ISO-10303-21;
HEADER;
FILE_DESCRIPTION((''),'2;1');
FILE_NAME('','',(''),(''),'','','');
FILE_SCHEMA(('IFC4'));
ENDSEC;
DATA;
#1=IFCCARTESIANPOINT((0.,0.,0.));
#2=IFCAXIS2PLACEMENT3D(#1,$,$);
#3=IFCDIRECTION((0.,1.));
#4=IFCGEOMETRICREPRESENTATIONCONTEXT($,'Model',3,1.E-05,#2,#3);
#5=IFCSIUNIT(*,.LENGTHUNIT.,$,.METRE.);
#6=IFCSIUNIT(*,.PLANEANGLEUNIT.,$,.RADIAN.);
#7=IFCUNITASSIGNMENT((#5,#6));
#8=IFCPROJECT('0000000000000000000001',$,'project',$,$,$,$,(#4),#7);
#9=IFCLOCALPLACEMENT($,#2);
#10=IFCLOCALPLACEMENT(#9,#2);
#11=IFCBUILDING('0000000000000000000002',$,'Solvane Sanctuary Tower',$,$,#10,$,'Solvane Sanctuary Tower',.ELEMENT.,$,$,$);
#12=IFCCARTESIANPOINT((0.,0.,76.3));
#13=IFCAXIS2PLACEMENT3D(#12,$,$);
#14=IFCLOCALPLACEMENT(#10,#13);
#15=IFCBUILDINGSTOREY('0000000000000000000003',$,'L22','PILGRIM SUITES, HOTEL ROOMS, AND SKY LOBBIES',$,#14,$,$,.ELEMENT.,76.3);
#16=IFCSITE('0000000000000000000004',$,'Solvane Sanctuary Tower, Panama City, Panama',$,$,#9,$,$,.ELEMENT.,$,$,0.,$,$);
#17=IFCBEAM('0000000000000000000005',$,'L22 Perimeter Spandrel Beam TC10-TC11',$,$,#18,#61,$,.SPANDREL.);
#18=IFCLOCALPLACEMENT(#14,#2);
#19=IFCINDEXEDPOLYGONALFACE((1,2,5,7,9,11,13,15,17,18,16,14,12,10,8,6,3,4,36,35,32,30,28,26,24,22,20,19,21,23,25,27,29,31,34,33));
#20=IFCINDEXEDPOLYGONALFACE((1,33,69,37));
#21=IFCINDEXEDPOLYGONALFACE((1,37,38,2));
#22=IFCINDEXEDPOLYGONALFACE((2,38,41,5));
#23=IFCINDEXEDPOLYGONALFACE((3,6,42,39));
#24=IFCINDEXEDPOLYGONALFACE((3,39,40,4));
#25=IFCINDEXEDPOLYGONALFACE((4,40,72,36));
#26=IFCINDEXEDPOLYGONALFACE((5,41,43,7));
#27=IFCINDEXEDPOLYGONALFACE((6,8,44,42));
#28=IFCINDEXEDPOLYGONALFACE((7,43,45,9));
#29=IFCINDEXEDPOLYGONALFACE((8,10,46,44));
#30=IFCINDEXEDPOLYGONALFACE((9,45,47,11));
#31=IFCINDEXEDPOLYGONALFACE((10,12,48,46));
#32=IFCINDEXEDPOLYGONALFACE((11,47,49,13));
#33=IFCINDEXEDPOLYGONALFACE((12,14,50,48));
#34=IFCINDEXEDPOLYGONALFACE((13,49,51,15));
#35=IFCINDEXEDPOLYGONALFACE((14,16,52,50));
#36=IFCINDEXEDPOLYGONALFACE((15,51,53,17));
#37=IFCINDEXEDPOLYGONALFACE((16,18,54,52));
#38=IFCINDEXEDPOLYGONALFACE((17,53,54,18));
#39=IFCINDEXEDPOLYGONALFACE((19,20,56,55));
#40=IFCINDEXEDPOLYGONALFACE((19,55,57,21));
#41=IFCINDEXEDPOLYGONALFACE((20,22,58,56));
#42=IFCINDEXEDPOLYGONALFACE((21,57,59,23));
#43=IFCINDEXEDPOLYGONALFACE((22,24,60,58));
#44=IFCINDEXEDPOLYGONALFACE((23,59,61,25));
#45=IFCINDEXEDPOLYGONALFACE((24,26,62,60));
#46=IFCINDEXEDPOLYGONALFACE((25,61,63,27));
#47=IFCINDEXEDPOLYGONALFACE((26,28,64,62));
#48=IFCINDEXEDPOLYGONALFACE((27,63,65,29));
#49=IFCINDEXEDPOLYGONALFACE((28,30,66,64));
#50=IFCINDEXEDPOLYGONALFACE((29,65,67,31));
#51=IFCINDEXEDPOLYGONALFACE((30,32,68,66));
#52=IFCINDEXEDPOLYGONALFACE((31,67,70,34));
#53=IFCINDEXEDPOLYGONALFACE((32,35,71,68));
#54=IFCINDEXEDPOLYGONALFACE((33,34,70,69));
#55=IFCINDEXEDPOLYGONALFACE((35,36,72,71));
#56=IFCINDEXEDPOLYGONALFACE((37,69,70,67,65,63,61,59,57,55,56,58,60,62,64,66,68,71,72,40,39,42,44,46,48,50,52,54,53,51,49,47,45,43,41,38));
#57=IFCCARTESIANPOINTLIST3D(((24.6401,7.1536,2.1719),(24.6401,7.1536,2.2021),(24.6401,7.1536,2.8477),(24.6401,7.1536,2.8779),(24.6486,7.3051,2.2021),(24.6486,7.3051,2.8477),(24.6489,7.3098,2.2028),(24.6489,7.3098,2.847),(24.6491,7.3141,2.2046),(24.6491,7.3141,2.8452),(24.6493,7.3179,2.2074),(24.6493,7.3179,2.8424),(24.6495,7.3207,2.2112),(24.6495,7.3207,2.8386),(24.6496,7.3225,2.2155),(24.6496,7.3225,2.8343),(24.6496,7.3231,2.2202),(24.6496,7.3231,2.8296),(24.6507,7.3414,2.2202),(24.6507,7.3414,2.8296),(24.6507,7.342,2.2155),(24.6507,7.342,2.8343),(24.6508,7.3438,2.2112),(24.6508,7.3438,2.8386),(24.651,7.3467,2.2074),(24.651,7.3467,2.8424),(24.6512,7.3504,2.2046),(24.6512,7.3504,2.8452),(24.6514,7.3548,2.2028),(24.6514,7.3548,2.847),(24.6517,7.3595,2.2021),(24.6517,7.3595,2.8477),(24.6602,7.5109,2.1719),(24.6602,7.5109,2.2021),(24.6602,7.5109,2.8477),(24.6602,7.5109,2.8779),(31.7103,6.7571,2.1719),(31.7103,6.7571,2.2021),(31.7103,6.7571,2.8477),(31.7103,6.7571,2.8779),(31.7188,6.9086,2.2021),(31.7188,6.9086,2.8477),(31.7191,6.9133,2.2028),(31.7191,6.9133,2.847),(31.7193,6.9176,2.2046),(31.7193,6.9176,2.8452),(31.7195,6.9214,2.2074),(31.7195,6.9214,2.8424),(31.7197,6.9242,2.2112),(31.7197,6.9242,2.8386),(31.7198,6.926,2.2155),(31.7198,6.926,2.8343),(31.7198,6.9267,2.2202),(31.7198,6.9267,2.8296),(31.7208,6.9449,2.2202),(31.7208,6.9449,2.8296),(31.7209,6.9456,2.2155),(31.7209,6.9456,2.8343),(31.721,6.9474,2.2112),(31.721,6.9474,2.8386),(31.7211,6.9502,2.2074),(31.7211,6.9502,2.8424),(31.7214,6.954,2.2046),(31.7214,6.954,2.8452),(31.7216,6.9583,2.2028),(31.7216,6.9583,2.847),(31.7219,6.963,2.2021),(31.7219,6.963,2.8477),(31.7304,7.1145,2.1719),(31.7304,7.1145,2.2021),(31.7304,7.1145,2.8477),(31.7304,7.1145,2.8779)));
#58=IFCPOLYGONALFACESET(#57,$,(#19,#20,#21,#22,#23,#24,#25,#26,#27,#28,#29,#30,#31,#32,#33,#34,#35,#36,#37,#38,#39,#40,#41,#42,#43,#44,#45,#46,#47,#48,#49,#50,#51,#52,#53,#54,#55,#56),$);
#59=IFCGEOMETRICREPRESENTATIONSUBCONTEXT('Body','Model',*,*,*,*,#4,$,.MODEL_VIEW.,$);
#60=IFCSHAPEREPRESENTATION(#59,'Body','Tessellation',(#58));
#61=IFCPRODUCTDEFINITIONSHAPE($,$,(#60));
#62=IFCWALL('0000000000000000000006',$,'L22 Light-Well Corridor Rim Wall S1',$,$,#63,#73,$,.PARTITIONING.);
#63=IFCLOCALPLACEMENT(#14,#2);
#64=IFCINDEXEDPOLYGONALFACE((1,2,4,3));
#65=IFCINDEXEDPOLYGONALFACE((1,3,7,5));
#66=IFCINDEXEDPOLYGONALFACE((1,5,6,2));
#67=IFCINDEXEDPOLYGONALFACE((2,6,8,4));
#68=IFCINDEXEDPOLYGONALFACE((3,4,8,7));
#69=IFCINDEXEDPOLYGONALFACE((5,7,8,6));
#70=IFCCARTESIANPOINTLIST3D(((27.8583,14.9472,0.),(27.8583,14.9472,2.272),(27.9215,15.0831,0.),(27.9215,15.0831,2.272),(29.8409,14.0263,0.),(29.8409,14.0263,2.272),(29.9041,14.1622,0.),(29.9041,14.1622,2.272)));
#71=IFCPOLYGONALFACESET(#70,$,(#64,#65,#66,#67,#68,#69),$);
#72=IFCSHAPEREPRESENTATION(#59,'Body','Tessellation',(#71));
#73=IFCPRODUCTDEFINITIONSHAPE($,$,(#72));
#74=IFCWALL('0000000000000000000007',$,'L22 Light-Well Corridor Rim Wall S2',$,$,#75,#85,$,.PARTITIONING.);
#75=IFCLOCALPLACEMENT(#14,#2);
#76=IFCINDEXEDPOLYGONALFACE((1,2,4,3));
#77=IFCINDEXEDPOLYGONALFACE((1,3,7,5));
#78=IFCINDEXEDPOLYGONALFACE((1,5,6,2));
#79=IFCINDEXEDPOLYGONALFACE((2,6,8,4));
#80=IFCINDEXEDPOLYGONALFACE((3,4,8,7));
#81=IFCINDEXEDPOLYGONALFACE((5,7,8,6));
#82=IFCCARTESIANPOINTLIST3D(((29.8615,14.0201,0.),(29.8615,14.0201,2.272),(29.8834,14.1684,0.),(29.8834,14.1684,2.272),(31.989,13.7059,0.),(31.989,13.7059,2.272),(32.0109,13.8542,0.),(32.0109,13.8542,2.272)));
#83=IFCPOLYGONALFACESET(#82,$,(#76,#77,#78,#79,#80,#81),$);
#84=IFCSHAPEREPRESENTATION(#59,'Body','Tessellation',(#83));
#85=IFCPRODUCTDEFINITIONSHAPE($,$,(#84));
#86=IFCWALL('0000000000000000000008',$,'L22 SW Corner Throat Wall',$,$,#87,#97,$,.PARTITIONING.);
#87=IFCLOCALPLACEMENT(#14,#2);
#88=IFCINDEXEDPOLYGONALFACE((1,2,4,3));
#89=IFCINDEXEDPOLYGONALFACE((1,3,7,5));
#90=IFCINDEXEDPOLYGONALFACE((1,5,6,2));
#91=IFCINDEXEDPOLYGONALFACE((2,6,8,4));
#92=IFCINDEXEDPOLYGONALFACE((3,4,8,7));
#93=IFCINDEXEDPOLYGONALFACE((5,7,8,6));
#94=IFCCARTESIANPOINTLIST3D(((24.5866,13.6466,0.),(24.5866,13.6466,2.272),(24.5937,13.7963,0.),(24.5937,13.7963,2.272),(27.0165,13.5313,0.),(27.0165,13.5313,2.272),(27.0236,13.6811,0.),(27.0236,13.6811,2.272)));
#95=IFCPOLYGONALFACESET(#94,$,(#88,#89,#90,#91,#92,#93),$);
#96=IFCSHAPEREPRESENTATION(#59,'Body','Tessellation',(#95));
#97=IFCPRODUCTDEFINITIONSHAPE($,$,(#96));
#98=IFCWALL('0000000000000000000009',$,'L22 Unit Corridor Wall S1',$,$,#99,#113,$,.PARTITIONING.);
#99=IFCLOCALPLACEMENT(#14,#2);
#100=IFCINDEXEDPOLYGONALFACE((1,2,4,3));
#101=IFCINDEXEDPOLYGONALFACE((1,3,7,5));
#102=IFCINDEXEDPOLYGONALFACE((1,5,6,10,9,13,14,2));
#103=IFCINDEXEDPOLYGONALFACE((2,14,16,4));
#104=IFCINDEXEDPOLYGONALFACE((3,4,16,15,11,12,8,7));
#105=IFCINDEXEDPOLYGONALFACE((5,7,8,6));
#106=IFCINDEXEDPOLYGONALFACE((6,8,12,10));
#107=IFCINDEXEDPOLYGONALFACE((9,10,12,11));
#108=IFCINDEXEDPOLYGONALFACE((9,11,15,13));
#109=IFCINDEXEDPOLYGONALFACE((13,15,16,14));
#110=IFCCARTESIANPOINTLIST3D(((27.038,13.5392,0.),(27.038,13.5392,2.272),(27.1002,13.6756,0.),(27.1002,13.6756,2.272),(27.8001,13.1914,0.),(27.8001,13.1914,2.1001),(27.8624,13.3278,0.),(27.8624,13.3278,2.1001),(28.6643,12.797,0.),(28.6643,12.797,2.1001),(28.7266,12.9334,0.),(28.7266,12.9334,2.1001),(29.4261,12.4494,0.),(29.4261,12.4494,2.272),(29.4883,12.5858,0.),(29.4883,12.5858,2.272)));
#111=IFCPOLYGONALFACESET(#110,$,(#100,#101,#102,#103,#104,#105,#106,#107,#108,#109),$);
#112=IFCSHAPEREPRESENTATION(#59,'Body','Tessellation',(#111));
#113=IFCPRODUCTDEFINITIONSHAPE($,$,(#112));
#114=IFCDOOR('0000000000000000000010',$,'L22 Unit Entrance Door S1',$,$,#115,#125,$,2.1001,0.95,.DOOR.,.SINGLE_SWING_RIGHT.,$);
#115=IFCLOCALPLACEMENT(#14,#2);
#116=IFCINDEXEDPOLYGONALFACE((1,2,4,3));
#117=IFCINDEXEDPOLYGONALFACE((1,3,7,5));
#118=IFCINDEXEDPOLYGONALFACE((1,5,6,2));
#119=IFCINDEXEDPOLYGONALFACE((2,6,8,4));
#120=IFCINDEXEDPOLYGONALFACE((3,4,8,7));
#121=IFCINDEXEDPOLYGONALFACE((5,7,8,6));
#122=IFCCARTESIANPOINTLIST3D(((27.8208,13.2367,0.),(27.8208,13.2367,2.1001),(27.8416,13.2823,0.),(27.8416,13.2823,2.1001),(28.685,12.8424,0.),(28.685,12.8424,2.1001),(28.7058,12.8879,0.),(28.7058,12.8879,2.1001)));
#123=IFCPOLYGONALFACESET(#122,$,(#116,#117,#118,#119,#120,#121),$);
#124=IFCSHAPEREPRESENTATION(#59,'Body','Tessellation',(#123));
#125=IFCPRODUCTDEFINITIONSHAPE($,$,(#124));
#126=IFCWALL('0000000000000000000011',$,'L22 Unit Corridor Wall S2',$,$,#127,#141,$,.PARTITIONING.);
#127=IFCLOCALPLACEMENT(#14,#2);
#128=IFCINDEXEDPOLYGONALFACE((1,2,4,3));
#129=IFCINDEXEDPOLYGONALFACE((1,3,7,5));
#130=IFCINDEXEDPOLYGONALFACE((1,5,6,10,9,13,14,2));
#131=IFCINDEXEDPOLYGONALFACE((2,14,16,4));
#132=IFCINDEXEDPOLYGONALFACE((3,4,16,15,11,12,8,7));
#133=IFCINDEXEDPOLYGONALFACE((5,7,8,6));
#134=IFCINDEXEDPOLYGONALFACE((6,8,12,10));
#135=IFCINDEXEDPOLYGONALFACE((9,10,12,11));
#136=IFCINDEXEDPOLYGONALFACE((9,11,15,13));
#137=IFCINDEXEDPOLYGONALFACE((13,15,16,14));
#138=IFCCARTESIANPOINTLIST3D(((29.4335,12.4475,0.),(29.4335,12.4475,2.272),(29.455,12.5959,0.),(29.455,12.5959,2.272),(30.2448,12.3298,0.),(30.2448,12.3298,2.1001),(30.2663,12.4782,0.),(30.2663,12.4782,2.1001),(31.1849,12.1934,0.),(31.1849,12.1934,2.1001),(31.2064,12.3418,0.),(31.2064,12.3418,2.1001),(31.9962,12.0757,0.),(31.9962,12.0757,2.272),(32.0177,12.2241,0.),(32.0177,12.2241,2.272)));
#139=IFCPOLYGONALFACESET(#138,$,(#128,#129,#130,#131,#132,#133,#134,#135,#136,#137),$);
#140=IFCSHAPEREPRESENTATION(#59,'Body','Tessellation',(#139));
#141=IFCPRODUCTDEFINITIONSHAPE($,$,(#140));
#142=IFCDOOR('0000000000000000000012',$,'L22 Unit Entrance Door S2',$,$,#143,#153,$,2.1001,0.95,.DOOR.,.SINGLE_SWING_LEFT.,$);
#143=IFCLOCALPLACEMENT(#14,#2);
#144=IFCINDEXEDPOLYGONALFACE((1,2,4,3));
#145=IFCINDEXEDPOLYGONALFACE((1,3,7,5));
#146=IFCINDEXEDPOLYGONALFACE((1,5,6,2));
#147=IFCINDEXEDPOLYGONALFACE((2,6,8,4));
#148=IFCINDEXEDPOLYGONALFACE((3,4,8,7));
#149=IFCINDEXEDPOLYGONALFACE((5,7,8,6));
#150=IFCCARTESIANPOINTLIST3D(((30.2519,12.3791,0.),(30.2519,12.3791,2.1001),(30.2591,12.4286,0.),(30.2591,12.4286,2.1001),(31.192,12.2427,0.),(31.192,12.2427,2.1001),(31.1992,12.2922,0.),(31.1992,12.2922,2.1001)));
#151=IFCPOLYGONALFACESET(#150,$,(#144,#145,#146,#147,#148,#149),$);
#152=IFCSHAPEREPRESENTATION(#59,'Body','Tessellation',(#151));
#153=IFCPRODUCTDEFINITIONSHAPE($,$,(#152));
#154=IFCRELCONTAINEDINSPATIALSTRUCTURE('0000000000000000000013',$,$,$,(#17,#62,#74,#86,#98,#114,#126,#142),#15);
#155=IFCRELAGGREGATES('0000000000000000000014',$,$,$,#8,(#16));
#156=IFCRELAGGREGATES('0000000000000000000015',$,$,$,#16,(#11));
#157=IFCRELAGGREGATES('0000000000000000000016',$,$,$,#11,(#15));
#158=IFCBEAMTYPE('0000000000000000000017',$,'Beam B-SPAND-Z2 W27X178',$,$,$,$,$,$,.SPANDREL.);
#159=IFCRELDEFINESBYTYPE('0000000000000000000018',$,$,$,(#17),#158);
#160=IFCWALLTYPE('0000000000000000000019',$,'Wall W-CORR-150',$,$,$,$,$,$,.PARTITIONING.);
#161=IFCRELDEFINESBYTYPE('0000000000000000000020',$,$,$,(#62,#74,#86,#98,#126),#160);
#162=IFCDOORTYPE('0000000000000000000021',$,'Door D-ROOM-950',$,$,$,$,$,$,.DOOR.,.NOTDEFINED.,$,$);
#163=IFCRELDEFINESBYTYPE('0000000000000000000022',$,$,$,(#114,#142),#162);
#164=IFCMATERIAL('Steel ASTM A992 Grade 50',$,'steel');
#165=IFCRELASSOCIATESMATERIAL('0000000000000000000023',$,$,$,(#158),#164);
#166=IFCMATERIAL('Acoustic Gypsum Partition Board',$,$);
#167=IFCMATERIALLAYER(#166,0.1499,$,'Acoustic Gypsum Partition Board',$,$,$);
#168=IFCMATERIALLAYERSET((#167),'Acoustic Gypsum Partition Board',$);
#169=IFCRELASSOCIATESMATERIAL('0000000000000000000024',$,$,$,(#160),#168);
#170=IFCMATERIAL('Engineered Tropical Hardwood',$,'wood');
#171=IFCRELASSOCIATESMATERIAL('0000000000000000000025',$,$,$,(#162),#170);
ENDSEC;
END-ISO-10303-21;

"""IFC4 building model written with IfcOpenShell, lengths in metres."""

from ifc_helpers import new_model, si_unit, direction, frame, frame_2d, origin, origin_2d, place, context, subcontext, project, spatial, rectangle, i_section, extrude, material, layer, layer_set, material_profile, profile_set, type_object, element, fill, save


model = new_model("IFC4")

# Units and contexts
model_context = context("Model", 3, precision=1e-05, world=origin(), true_north=direction((0.0, 1.0)))
body_context = subcontext(model_context, "Body", "Model", "MODEL_VIEW")
ifc_project = project(units=[si_unit("LENGTHUNIT", "METRE"), si_unit("PLANEANGLEUNIT", "RADIAN")], contexts=[model_context])

# Site, building, storey
site_placement = place(None, origin())
site = spatial("IfcSite", under=ifc_project, at=site_placement, Name="Solvane Sanctuary Tower, Panama City, Panama", CompositionType="ELEMENT", RefElevation=0.0)
building_placement = place(site_placement, origin())
building = spatial("IfcBuilding", under=site, at=building_placement, Name="Solvane Sanctuary Tower", LongName="Solvane Sanctuary Tower", CompositionType="ELEMENT")
storey_placement = place(building_placement, frame((0.0, 0.0, 76.3)))
storey = spatial("IfcBuildingStorey", under=building, at=storey_placement, Name="L22", Description="PILGRIM SUITES, HOTEL ROOMS, AND SKY LOBBIES", CompositionType="ELEMENT", Elevation=76.3)

# Beam
ifc_material_1 = material(Name="Steel ASTM A992 Grade 50", Category="steel")
ifc_material_profile_1 = material_profile(ifc_material_1, i_section(OverallWidth=0.3579, OverallDepth=0.7061, WebThickness=0.0183, FlangeThickness=0.0303, FilletRadius=0.0181, at=origin_2d()), Name="W27X178")
ifc_profile_set_1 = profile_set([ifc_material_profile_1], Name="Steel ASTM A992 Grade 50")
beam_type_1 = type_object("IfcBeamType", Name="Beam B-SPAND-Z2 W27X178", PredefinedType="SPANDREL", material=ifc_profile_set_1)
beam_1_placement = place(storey_placement, frame((24.6501, 7.3323, 2.5249), z_axis=(0.998431, -0.055989, 0.0), x_axis=(0.055989, 0.998431, 0.0)))
element("IfcBeam", 1, at=beam_1_placement, inside=storey, type_object=beam_type_1, Name="L22 Perimeter Spandrel Beam TC10-TC11", PredefinedType="SPANDREL", context=body_context, shape_type="SweptSolid", body=[
    extrude(i_section(OverallWidth=0.3579, OverallDepth=0.7061, WebThickness=0.0183, FlangeThickness=0.0303, FilletRadius=0.0181, at=origin_2d()), origin(), (0.0, 0.0, 1.0), 7.0813),
])

# Walls
ifc_material_2 = material(Name="Acoustic Gypsum Partition Board")
ifc_layer_1 = layer(ifc_material_2, 0.1499, Name="Acoustic Gypsum Partition Board")
ifc_layer_set_1 = layer_set([ifc_layer_1], Name="Acoustic Gypsum Partition Board")
wall_type_1 = type_object("IfcWallType", Name="Wall W-CORR-150", PredefinedType="PARTITIONING", material=ifc_layer_set_1)
wall_1_placement = place(storey_placement, frame((27.8899, 15.0151, 0.0), z_axis=(0.0, 0.0, 1.0), x_axis=(0.906943, -0.421252, 0.0)))
element("IfcWall", 2, at=wall_1_placement, inside=storey, type_object=wall_type_1, Name="L22 Light-Well Corridor Rim Wall S1", PredefinedType="PARTITIONING", context=body_context, shape_type="SweptSolid", body=[
    extrude(rectangle(XDim=2.186, YDim=0.1499, at=frame_2d((1.093, 0.0))), origin(), (0.0, 0.0, 1.0), 2.272),
])
wall_2_placement = place(storey_placement, frame((29.8726, 14.0942, 0.0), z_axis=(0.0, 0.0, 1.0), x_axis=(0.989269, -0.146108, 0.0)))
element("IfcWall", 3, at=wall_2_placement, inside=storey, type_object=wall_type_1, Name="L22 Light-Well Corridor Rim Wall S2", PredefinedType="PARTITIONING", context=body_context, shape_type="SweptSolid", body=[
    extrude(rectangle(XDim=2.1506, YDim=0.1499, at=frame_2d((1.0752, 0.0))), origin(), (0.0, 0.0, 1.0), 2.272),
])
wall_3_placement = place(storey_placement, frame((27.02, 13.6062, 0.0), z_axis=(0.0, 0.0, 1.0), x_axis=(-0.998877, 0.04737, 0.0)))
element("IfcWall", 4, at=wall_3_placement, inside=storey, type_object=wall_type_1, Name="L22 SW Corner Throat Wall", PredefinedType="PARTITIONING", context=body_context, shape_type="SweptSolid", body=[
    extrude(rectangle(XDim=2.4326, YDim=0.1499, at=frame_2d((1.2163, 0.0))), origin(), (0.0, 0.0, 1.0), 2.272),
])

# Walls, openings, doors
wall_4_placement = place(storey_placement, frame((27.0691, 13.6074, 0.0), z_axis=(0.0, 0.0, 1.0), x_axis=(0.909748, -0.415162, 0.0)))
wall_4 = element("IfcWall", 5, at=wall_4_placement, inside=storey, type_object=wall_type_1, Name="L22 Unit Corridor Wall S1", PredefinedType="PARTITIONING", context=body_context, shape_type="SweptSolid", body=[
    extrude(rectangle(XDim=2.625, YDim=0.1499, at=frame_2d((1.3125, 0.0))), origin(), (0.0, 0.0, 1.0), 2.272),
])
opening_1_placement = place(wall_4_placement, frame((0.8376, 0.0, 0.0)))
opening_1 = element("IfcOpeningElement", 6, at=opening_1_placement, cuts=wall_4, PredefinedType="OPENING", context=body_context, shape_type="SweptSolid", body=[
    extrude(rectangle(XDim=0.95, YDim=2.1001, at=frame_2d((0.4751, 1.05))), frame((0.0, 0.085, 0.0), z_axis=(0.0, -1.0, 0.0), x_axis=(1.0, 0.0, 0.0)), (0.0, 0.0, 1.0), 0.1699),
])
ifc_material_3 = material(Name="Engineered Tropical Hardwood", Category="wood")
door_type = type_object("IfcDoorType", Name="Door D-ROOM-950", OperationType="NOTDEFINED", PredefinedType="DOOR", material=ifc_material_3)
door_1_placement = place(opening_1_placement, origin())
door_1 = element("IfcDoor", 7, at=door_1_placement, inside=storey, type_object=door_type, Name="L22 Unit Entrance Door S1", OperationType="SINGLE_SWING_RIGHT", OverallHeight=2.1001, OverallWidth=0.95, PredefinedType="DOOR", context=body_context, shape_type="SweptSolid", body=[
    extrude(rectangle(XDim=0.95, YDim=2.1001, at=frame_2d((0.4751, 1.05))), frame((0.0, 0.0249, 0.0), z_axis=(0.0, -1.0, 0.0), x_axis=(1.0, 0.0, 0.0)), (0.0, 0.0, 1.0), 0.05),
])
fill(opening_1, door_1)
wall_5_placement = place(storey_placement, frame((29.4441, 12.5217, 0.0), z_axis=(0.0, 0.0, 1.0), x_axis=(0.989638, -0.143586, 0.0)))
wall_5 = element("IfcWall", 8, at=wall_5_placement, inside=storey, type_object=wall_type_1, Name="L22 Unit Corridor Wall S2", PredefinedType="PARTITIONING", context=body_context, shape_type="SweptSolid", body=[
    extrude(rectangle(XDim=2.5896, YDim=0.1499, at=frame_2d((1.2949, 0.0))), origin(), (0.0, 0.0, 1.0), 2.272),
])
opening_2_placement = place(wall_5_placement, frame((0.8198, 0.0, 0.0)))
opening_2 = element("IfcOpeningElement", 9, at=opening_2_placement, cuts=wall_5, PredefinedType="OPENING", context=body_context, shape_type="SweptSolid", body=[
    extrude(rectangle(XDim=0.95, YDim=2.1001, at=frame_2d((0.4751, 1.05))), frame((0.0, 0.085, 0.0), z_axis=(0.0, -1.0, 0.0), x_axis=(1.0, 0.0, 0.0)), (0.0, 0.0, 1.0), 0.1699),
])
door_2_placement = place(opening_2_placement, origin())
door_2 = element("IfcDoor", 10, at=door_2_placement, inside=storey, type_object=door_type, Name="L22 Unit Entrance Door S2", OperationType="SINGLE_SWING_LEFT", OverallHeight=2.1001, OverallWidth=0.95, PredefinedType="DOOR", context=body_context, shape_type="SweptSolid", body=[
    extrude(rectangle(XDim=0.95, YDim=2.1001, at=frame_2d((0.4751, 1.05))), frame((0.0, 0.0249, 0.0), z_axis=(0.0, -1.0, 0.0), x_axis=(1.0, 0.0, 0.0)), (0.0, 0.0, 1.0), 0.05),
])
fill(opening_2, door_2)

save(model, "model.ifc")
